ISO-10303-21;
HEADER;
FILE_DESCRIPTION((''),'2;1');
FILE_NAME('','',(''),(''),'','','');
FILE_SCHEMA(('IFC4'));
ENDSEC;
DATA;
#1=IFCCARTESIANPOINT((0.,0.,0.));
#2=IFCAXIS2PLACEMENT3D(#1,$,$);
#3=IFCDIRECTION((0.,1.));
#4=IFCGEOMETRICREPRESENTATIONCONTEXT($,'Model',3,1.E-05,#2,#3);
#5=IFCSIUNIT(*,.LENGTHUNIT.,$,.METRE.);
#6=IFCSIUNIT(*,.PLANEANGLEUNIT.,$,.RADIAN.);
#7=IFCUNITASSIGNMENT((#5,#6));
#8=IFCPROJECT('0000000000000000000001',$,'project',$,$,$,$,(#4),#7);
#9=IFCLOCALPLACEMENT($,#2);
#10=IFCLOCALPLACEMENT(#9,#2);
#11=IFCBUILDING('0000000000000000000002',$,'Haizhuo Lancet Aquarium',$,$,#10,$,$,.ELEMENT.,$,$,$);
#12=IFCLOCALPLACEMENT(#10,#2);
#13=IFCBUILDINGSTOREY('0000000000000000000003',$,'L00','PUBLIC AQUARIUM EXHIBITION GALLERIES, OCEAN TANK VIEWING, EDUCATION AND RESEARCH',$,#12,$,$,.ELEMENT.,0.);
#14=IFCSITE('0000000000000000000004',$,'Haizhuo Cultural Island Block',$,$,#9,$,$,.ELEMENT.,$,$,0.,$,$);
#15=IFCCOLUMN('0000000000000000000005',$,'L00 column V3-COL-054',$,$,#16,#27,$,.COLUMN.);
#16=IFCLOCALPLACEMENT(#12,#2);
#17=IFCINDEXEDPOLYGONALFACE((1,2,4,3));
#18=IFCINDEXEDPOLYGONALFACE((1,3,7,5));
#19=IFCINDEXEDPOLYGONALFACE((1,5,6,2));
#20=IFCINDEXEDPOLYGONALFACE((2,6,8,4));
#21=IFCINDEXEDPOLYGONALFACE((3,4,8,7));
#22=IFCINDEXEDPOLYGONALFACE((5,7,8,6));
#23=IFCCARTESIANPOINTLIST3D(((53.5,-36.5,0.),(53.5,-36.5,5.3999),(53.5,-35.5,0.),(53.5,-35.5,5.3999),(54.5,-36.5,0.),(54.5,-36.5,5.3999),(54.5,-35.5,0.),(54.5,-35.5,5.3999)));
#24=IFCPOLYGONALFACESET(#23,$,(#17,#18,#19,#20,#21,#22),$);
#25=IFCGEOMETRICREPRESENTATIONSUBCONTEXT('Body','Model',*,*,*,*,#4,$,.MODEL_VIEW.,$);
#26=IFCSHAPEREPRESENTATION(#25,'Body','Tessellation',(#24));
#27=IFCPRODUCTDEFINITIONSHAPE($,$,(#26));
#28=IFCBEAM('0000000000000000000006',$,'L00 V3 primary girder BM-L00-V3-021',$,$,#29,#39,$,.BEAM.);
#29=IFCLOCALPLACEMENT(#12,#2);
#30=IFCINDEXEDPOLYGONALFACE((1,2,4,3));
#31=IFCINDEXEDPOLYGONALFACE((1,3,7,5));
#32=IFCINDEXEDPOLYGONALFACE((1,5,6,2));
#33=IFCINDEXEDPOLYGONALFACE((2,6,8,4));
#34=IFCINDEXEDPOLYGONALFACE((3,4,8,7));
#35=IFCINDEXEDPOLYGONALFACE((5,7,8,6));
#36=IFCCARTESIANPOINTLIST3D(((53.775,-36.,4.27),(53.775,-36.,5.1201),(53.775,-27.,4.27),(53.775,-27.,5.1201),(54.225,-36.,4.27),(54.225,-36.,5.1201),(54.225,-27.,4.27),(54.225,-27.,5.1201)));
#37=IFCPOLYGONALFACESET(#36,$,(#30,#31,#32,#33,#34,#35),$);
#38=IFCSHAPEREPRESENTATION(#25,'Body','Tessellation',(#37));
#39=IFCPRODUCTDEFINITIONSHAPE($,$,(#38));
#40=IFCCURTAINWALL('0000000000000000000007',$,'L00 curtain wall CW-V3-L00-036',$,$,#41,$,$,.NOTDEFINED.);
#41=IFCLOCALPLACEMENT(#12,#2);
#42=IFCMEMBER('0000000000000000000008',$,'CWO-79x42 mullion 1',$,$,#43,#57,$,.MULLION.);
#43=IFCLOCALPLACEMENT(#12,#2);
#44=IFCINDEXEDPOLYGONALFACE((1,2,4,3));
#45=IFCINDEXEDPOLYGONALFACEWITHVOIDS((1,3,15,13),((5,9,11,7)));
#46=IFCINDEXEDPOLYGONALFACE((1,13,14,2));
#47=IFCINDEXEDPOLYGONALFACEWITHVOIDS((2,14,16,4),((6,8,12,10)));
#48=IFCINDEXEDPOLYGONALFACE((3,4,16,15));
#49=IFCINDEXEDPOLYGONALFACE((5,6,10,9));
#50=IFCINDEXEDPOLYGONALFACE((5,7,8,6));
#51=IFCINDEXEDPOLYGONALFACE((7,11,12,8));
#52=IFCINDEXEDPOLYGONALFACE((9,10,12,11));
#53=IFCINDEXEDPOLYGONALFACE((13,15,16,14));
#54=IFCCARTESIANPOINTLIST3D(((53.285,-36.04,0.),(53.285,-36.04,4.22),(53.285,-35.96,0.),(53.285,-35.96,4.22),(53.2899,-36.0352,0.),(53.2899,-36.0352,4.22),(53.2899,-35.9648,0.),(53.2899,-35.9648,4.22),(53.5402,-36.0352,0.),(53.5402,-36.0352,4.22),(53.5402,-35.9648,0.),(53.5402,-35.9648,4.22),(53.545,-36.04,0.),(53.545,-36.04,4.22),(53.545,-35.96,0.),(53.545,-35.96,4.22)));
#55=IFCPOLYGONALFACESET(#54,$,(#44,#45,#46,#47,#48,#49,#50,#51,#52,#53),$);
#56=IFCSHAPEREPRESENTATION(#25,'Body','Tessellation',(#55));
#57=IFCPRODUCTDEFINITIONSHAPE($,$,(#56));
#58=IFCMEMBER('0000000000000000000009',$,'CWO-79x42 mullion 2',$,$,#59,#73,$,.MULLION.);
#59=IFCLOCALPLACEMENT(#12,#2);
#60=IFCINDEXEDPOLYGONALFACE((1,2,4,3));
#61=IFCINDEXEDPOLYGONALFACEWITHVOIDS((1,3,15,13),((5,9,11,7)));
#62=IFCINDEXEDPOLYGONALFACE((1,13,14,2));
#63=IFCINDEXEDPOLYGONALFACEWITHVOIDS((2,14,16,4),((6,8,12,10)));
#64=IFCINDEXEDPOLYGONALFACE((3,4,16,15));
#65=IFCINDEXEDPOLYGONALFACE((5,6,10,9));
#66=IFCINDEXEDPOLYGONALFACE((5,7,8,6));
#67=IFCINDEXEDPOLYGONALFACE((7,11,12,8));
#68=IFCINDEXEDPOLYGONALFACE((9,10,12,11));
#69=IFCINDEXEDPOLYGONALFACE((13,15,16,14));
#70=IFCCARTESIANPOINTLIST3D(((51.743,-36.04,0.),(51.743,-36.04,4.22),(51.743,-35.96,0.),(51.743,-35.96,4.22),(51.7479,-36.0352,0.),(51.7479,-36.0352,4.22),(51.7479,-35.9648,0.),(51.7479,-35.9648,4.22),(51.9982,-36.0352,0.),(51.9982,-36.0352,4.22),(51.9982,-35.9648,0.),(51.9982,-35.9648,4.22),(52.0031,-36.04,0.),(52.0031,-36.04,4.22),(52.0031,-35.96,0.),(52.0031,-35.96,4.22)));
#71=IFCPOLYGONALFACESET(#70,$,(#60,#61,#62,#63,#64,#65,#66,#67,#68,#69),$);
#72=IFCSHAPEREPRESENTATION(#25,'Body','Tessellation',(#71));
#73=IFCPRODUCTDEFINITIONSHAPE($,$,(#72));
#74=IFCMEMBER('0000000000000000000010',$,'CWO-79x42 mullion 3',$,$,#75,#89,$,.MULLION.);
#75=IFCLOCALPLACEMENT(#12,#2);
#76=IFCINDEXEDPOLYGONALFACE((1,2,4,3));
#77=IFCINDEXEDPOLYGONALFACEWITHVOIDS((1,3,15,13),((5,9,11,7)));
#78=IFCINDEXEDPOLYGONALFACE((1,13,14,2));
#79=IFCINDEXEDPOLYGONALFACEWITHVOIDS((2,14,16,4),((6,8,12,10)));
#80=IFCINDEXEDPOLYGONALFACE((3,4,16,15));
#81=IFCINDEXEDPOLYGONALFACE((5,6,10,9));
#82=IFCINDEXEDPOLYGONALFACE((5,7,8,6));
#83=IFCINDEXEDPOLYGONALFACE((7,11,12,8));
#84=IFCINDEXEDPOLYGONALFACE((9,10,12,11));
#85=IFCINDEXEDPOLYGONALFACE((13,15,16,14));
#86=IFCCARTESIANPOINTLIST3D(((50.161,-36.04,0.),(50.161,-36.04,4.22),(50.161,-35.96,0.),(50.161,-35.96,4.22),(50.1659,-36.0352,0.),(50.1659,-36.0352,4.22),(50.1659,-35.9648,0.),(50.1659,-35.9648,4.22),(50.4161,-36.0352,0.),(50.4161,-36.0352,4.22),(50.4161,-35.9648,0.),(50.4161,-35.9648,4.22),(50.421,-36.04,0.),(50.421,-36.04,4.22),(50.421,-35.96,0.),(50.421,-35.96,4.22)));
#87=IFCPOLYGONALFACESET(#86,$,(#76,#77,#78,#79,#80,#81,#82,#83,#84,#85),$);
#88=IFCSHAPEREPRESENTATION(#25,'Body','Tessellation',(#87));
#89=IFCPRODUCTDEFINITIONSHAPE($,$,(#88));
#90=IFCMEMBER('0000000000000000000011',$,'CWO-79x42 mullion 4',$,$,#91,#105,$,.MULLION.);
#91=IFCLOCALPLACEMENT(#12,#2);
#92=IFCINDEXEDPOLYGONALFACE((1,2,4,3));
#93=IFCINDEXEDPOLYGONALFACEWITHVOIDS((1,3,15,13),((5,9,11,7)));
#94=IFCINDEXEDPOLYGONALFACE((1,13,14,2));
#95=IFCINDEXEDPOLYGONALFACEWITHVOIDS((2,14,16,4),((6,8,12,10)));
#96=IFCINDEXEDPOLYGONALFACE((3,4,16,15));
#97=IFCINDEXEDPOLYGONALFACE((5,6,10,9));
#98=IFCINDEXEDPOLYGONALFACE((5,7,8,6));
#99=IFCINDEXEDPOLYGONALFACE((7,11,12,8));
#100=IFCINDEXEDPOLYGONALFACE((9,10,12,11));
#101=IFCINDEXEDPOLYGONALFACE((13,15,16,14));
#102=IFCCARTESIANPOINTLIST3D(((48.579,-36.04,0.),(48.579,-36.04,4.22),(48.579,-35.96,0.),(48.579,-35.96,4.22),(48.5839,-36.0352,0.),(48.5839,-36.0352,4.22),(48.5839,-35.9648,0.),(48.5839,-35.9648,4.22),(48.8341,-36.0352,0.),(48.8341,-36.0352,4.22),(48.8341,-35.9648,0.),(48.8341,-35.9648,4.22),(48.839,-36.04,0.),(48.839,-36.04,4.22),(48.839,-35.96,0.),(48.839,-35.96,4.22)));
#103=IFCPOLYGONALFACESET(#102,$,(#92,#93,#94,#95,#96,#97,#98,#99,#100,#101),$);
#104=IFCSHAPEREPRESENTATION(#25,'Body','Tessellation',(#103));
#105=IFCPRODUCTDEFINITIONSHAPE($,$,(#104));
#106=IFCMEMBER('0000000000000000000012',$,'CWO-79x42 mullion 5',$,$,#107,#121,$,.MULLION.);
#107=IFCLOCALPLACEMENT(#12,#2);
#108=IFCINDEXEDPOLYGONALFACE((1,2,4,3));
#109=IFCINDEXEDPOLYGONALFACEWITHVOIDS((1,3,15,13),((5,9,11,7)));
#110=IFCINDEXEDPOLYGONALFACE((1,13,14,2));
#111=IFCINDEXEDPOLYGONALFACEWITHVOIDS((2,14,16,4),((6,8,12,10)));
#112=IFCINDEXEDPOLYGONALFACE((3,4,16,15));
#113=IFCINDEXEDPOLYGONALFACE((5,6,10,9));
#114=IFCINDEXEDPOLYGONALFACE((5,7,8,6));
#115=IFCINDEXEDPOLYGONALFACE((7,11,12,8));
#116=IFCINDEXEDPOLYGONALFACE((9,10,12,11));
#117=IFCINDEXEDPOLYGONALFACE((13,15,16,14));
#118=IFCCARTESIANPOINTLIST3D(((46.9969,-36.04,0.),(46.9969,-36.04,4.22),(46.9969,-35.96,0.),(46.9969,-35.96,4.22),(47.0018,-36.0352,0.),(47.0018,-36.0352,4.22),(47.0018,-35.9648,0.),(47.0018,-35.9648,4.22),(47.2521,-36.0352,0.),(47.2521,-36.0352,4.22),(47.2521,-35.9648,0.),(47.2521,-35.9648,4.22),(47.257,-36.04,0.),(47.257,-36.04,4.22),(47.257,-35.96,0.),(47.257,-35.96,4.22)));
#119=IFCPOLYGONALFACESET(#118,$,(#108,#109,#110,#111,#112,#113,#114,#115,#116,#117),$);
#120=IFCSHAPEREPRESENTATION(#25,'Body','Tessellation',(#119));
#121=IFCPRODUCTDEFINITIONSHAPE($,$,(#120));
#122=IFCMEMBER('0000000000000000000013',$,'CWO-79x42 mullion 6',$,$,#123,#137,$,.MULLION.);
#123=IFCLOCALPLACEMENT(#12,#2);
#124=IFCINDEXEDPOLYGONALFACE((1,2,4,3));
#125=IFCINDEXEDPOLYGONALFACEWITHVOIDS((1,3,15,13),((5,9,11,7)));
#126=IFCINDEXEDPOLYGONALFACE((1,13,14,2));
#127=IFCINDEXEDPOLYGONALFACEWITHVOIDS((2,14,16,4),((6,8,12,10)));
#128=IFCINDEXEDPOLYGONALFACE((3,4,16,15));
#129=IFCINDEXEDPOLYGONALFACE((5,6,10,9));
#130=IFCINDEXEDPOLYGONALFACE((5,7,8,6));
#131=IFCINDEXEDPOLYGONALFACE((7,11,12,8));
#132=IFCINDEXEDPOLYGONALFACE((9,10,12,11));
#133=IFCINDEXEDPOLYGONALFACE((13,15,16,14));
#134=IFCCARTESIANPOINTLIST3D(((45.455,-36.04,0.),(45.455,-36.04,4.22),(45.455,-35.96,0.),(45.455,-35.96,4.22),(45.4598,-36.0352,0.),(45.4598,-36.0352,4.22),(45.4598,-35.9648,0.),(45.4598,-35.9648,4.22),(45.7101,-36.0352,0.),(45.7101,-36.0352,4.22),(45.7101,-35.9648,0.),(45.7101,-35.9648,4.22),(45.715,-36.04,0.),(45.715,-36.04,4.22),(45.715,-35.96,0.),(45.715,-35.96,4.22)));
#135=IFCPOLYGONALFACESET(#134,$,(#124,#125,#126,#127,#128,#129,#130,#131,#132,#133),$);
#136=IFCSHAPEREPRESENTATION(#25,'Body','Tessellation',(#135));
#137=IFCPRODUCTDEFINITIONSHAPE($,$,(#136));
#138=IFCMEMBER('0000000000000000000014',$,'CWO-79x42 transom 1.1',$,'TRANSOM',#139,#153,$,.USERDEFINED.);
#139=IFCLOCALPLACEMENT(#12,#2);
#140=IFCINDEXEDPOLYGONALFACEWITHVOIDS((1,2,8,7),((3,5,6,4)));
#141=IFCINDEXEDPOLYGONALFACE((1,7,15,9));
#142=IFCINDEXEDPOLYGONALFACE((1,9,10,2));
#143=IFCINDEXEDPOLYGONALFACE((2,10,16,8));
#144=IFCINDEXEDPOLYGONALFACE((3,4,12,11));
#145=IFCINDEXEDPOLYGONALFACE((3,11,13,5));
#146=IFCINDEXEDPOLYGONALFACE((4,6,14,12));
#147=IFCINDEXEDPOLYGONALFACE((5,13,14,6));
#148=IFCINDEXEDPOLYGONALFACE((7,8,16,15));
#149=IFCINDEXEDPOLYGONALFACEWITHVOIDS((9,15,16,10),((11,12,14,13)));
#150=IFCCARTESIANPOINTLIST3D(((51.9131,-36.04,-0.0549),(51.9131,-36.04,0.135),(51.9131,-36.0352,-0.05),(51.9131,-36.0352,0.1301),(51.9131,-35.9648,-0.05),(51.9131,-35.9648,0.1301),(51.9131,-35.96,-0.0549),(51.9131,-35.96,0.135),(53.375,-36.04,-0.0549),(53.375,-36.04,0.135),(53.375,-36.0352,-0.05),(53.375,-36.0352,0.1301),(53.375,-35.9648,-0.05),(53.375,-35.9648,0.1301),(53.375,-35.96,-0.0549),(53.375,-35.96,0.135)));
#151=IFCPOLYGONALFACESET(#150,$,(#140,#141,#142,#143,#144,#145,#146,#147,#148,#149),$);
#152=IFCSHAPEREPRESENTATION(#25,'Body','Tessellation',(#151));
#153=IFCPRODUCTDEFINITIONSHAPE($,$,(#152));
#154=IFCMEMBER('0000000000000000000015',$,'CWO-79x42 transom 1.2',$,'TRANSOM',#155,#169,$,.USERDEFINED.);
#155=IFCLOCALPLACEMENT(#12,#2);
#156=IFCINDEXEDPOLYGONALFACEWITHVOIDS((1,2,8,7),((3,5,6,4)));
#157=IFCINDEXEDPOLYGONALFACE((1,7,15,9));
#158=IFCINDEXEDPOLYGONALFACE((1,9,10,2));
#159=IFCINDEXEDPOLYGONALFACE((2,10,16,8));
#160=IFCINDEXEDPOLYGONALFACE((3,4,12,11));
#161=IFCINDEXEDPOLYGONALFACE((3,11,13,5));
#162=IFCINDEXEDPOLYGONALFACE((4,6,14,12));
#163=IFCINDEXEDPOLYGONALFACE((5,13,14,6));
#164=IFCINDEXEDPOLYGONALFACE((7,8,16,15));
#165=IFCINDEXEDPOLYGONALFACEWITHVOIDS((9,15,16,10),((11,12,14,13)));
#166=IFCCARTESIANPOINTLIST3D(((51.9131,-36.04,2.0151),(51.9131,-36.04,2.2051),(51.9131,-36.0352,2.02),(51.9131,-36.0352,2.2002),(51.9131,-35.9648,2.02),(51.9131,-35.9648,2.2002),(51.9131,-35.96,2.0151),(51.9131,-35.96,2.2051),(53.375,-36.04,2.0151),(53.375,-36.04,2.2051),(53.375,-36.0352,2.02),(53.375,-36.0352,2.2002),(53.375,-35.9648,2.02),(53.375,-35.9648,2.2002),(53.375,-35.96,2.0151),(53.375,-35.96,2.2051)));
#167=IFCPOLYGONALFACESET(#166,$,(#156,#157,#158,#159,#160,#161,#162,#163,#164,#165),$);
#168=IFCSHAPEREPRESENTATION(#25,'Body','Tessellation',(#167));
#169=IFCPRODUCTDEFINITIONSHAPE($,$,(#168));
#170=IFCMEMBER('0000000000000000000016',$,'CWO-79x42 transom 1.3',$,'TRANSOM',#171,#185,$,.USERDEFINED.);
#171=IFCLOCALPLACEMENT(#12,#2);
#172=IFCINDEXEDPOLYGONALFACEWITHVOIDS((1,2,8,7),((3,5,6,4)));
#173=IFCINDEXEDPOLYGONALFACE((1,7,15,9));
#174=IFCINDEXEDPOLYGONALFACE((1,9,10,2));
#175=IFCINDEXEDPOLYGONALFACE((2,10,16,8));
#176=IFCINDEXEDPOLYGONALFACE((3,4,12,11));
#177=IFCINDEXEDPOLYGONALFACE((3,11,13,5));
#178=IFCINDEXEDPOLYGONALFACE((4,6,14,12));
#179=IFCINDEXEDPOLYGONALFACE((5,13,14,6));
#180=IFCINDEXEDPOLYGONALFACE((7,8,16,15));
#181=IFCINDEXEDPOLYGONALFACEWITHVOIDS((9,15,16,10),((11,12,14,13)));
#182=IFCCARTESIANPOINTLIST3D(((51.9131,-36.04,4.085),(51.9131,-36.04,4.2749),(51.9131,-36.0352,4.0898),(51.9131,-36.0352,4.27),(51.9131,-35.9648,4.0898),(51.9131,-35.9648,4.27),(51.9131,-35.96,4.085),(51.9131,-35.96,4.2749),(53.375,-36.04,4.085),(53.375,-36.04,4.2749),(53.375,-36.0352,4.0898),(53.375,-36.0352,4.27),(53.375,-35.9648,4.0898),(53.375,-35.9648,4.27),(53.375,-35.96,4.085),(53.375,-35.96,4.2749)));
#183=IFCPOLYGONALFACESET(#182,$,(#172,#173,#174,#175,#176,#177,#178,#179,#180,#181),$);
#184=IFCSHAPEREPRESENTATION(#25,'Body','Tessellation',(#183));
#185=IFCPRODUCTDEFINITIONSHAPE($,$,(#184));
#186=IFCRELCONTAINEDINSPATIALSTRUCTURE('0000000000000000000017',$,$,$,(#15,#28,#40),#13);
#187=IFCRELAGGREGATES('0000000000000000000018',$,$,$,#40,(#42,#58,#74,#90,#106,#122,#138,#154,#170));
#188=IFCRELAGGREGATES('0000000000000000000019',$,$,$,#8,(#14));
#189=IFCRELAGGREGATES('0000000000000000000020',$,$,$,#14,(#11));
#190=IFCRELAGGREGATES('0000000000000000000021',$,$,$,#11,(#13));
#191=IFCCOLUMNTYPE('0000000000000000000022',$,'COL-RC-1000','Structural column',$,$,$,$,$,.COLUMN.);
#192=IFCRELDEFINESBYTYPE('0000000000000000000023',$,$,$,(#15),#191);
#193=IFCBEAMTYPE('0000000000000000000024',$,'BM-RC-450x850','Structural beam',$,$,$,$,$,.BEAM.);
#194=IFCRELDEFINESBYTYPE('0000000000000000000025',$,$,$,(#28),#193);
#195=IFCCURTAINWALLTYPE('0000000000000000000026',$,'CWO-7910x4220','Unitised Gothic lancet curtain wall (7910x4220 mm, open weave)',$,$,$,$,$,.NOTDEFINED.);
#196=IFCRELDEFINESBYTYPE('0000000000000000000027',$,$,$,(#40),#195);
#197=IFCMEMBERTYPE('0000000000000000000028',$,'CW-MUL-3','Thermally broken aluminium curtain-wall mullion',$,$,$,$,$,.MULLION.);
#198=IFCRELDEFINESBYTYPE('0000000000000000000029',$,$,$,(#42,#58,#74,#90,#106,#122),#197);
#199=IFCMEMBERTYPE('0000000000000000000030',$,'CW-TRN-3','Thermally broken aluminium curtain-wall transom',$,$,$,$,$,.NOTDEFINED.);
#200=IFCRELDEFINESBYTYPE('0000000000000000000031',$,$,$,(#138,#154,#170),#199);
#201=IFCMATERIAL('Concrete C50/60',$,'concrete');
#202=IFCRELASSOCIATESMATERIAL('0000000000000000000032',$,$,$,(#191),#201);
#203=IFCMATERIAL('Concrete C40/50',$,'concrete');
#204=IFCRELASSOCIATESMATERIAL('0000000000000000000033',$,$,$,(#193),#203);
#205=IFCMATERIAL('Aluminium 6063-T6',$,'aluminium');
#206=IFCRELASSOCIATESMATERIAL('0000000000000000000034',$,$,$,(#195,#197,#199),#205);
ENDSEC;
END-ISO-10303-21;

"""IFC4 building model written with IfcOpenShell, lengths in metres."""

from ifc_helpers import new_model, si_unit, direction, frame, origin, origin_2d, place, context, subcontext, project, spatial, rectangle, hollow_rectangle, extrude, material, material_profile, profile_set, type_object, element, aggregate, save


model = new_model("IFC4")

# Units and contexts
model_context = context("Model", 3, precision=1e-05, world=origin(), true_north=direction((0.0, 1.0)))
body_context = subcontext(model_context, "Body", "Model", "MODEL_VIEW")
ifc_project = project(units=[si_unit("LENGTHUNIT", "METRE"), si_unit("PLANEANGLEUNIT", "RADIAN")], contexts=[model_context])

# Site, building, storey
site_placement = place(None, origin())
site = spatial("IfcSite", under=ifc_project, at=site_placement, Name="Haizhuo Cultural Island Block", CompositionType="ELEMENT", RefElevation=0.0)
building_placement = place(site_placement, origin())
building = spatial("IfcBuilding", under=site, at=building_placement, Name="Haizhuo Lancet Aquarium", CompositionType="ELEMENT")
storey_placement = place(building_placement, origin())
storey = spatial("IfcBuildingStorey", under=building, at=storey_placement, Name="L00", Description="PUBLIC AQUARIUM EXHIBITION GALLERIES, OCEAN TANK VIEWING, EDUCATION AND RESEARCH", CompositionType="ELEMENT", Elevation=0.0)

# Column
ifc_material_1 = material(Name="Concrete C50/60", Category="concrete")
ifc_material_profile_1 = material_profile(ifc_material_1, rectangle(XDim=1.0, YDim=1.0, at=origin_2d()), Name="RC-COL 1000x1000")
ifc_profile_set_1 = profile_set([ifc_material_profile_1], Name="Concrete C50/60")
column_type = type_object("IfcColumnType", Name="COL-RC-1000", Description="Structural column", PredefinedType="COLUMN", material=ifc_profile_set_1)
column_placement = place(storey_placement, frame((54.0, -36.0, 0.0), z_axis=(0.0, 0.0, 1.0), x_axis=(1.0, 0.0, 0.0)))
element("IfcColumn", 1, at=column_placement, inside=storey, type_object=column_type, Name="L00 column V3-COL-054", PredefinedType="COLUMN", context=body_context, shape_type="SweptSolid", body=[
    extrude(rectangle(XDim=1.0, YDim=1.0, at=origin_2d()), origin(), (0.0, 0.0, 1.0), 5.3999),
])

# Beam
ifc_material_2 = material(Name="Concrete C40/50", Category="concrete")
ifc_material_profile_2 = material_profile(ifc_material_2, rectangle(XDim=0.45, YDim=0.8501, at=origin_2d()), Name="RC-BM 450x850")
ifc_profile_set_2 = profile_set([ifc_material_profile_2], Name="Concrete C40/50")
beam_type_1 = type_object("IfcBeamType", Name="BM-RC-450x850", Description="Structural beam", PredefinedType="BEAM", material=ifc_profile_set_2)
beam_1_placement = place(storey_placement, frame((54.0, -36.0, 4.6951), z_axis=(0.0, 1.0, 0.0), x_axis=(-1.0, 0.0, 0.0)))
element("IfcBeam", 2, at=beam_1_placement, inside=storey, type_object=beam_type_1, Name="L00 V3 primary girder BM-L00-V3-021", PredefinedType="BEAM", context=body_context, shape_type="SweptSolid", body=[
    extrude(rectangle(XDim=0.45, YDim=0.8501, at=origin_2d()), origin(), (0.0, 0.0, 1.0), 9.0),
])

# Curtain wall, members
ifc_material_3 = material(Name="Aluminium 6063-T6", Category="aluminium")
curtain_wall_type = type_object("IfcCurtainWallType", Name="CWO-7910x4220", Description="Unitised Gothic lancet curtain wall (7910x4220 mm, open weave)", PredefinedType="NOTDEFINED", material=ifc_material_3)
curtain_wall_placement = place(storey_placement, origin())
curtain_wall = element("IfcCurtainWall", 3, at=curtain_wall_placement, inside=storey, type_object=curtain_wall_type, Name="L00 curtain wall CW-V3-L00-036", PredefinedType="NOTDEFINED")
ifc_material_profile_3 = material_profile(ifc_material_3, hollow_rectangle(XDim=0.0801, YDim=0.26, WallThickness=0.0049, at=origin_2d()), Name="ALU-M 80x260x5")
ifc_profile_set_3 = profile_set([ifc_material_profile_3], Name="Aluminium 6063-T6")
member_type_1 = type_object("IfcMemberType", Name="CW-MUL-3", Description="Thermally broken aluminium curtain-wall mullion", PredefinedType="MULLION", material=ifc_profile_set_3)
member_1_placement = place(storey_placement, frame((53.415, -36.0, 0.0), z_axis=(0.0, 0.0, 1.0), x_axis=(0.0, -1.0, 0.0)))
member_1 = element("IfcMember", 4, at=member_1_placement, type_object=member_type_1, Name="CWO-79x42 mullion 1", PredefinedType="MULLION", context=body_context, shape_type="SweptSolid", body=[
    extrude(hollow_rectangle(XDim=0.0801, YDim=0.26, WallThickness=0.0049, at=origin_2d()), origin(), (0.0, 0.0, 1.0), 4.22),
])
member_2_placement = place(storey_placement, frame((51.873, -36.0, 0.0), z_axis=(0.0, 0.0, 1.0), x_axis=(0.0, -1.0, 0.0)))
member_2 = element("IfcMember", 5, at=member_2_placement, type_object=member_type_1, Name="CWO-79x42 mullion 2", PredefinedType="MULLION", context=body_context, shape_type="SweptSolid", body=[
    extrude(hollow_rectangle(XDim=0.0801, YDim=0.26, WallThickness=0.0049, at=origin_2d()), origin(), (0.0, 0.0, 1.0), 4.22),
])
member_3_placement = place(storey_placement, frame((50.291, -36.0, 0.0), z_axis=(0.0, 0.0, 1.0), x_axis=(0.0, -1.0, 0.0)))
member_3 = element("IfcMember", 6, at=member_3_placement, type_object=member_type_1, Name="CWO-79x42 mullion 3", PredefinedType="MULLION", context=body_context, shape_type="SweptSolid", body=[
    extrude(hollow_rectangle(XDim=0.0801, YDim=0.26, WallThickness=0.0049, at=origin_2d()), origin(), (0.0, 0.0, 1.0), 4.22),
])
member_4_placement = place(storey_placement, frame((48.709, -36.0, 0.0), z_axis=(0.0, 0.0, 1.0), x_axis=(0.0, -1.0, 0.0)))
member_4 = element("IfcMember", 7, at=member_4_placement, type_object=member_type_1, Name="CWO-79x42 mullion 4", PredefinedType="MULLION", context=body_context, shape_type="SweptSolid", body=[
    extrude(hollow_rectangle(XDim=0.0801, YDim=0.26, WallThickness=0.0049, at=origin_2d()), origin(), (0.0, 0.0, 1.0), 4.22),
])
member_5_placement = place(storey_placement, frame((47.127, -36.0, 0.0), z_axis=(0.0, 0.0, 1.0), x_axis=(0.0, -1.0, 0.0)))
member_5 = element("IfcMember", 8, at=member_5_placement, type_object=member_type_1, Name="CWO-79x42 mullion 5", PredefinedType="MULLION", context=body_context, shape_type="SweptSolid", body=[
    extrude(hollow_rectangle(XDim=0.0801, YDim=0.26, WallThickness=0.0049, at=origin_2d()), origin(), (0.0, 0.0, 1.0), 4.22),
])
member_6_placement = place(storey_placement, frame((45.585, -36.0, 0.0), z_axis=(0.0, 0.0, 1.0), x_axis=(0.0, -1.0, 0.0)))
member_6 = element("IfcMember", 9, at=member_6_placement, type_object=member_type_1, Name="CWO-79x42 mullion 6", PredefinedType="MULLION", context=body_context, shape_type="SweptSolid", body=[
    extrude(hollow_rectangle(XDim=0.0801, YDim=0.26, WallThickness=0.0049, at=origin_2d()), origin(), (0.0, 0.0, 1.0), 4.22),
])
ifc_material_profile_4 = material_profile(ifc_material_3, hollow_rectangle(XDim=0.0801, YDim=0.1899, WallThickness=0.0049, at=origin_2d()), Name="ALU-T 80x190x5")
ifc_profile_set_4 = profile_set([ifc_material_profile_4], Name="Aluminium 6063-T6")
member_type_2 = type_object("IfcMemberType", Name="CW-TRN-3", Description="Thermally broken aluminium curtain-wall transom", PredefinedType="NOTDEFINED", material=ifc_profile_set_4)
member_7_placement = place(storey_placement, frame((53.375, -36.0, 0.04), z_axis=(-1.0, 0.0, 0.0), x_axis=(0.0, -1.0, 0.0)))
member_7 = element("IfcMember", 10, at=member_7_placement, type_object=member_type_2, Name="CWO-79x42 transom 1.1", ObjectType="TRANSOM", PredefinedType="USERDEFINED", context=body_context, shape_type="SweptSolid", body=[
    extrude(hollow_rectangle(XDim=0.0801, YDim=0.1899, WallThickness=0.0049, at=origin_2d()), origin(), (0.0, 0.0, 1.0), 1.4619),
])
member_8_placement = place(storey_placement, frame((53.375, -36.0, 2.1101), z_axis=(-1.0, 0.0, 0.0), x_axis=(0.0, -1.0, 0.0)))
member_8 = element("IfcMember", 11, at=member_8_placement, type_object=member_type_2, Name="CWO-79x42 transom 1.2", ObjectType="TRANSOM", PredefinedType="USERDEFINED", context=body_context, shape_type="SweptSolid", body=[
    extrude(hollow_rectangle(XDim=0.0801, YDim=0.1899, WallThickness=0.0049, at=origin_2d()), origin(), (0.0, 0.0, 1.0), 1.4619),
])
member_9_placement = place(storey_placement, frame((53.375, -36.0, 4.1799), z_axis=(-1.0, 0.0, 0.0), x_axis=(0.0, -1.0, 0.0)))
member_9 = element("IfcMember", 12, at=member_9_placement, type_object=member_type_2, Name="CWO-79x42 transom 1.3", ObjectType="TRANSOM", PredefinedType="USERDEFINED", context=body_context, shape_type="SweptSolid", body=[
    extrude(hollow_rectangle(XDim=0.0801, YDim=0.1899, WallThickness=0.0049, at=origin_2d()), origin(), (0.0, 0.0, 1.0), 1.4619),
])

aggregate(curtain_wall, [member_1, member_2, member_3, member_4, member_5, member_6, member_7, member_8, member_9])

save(model, "model.ifc")
